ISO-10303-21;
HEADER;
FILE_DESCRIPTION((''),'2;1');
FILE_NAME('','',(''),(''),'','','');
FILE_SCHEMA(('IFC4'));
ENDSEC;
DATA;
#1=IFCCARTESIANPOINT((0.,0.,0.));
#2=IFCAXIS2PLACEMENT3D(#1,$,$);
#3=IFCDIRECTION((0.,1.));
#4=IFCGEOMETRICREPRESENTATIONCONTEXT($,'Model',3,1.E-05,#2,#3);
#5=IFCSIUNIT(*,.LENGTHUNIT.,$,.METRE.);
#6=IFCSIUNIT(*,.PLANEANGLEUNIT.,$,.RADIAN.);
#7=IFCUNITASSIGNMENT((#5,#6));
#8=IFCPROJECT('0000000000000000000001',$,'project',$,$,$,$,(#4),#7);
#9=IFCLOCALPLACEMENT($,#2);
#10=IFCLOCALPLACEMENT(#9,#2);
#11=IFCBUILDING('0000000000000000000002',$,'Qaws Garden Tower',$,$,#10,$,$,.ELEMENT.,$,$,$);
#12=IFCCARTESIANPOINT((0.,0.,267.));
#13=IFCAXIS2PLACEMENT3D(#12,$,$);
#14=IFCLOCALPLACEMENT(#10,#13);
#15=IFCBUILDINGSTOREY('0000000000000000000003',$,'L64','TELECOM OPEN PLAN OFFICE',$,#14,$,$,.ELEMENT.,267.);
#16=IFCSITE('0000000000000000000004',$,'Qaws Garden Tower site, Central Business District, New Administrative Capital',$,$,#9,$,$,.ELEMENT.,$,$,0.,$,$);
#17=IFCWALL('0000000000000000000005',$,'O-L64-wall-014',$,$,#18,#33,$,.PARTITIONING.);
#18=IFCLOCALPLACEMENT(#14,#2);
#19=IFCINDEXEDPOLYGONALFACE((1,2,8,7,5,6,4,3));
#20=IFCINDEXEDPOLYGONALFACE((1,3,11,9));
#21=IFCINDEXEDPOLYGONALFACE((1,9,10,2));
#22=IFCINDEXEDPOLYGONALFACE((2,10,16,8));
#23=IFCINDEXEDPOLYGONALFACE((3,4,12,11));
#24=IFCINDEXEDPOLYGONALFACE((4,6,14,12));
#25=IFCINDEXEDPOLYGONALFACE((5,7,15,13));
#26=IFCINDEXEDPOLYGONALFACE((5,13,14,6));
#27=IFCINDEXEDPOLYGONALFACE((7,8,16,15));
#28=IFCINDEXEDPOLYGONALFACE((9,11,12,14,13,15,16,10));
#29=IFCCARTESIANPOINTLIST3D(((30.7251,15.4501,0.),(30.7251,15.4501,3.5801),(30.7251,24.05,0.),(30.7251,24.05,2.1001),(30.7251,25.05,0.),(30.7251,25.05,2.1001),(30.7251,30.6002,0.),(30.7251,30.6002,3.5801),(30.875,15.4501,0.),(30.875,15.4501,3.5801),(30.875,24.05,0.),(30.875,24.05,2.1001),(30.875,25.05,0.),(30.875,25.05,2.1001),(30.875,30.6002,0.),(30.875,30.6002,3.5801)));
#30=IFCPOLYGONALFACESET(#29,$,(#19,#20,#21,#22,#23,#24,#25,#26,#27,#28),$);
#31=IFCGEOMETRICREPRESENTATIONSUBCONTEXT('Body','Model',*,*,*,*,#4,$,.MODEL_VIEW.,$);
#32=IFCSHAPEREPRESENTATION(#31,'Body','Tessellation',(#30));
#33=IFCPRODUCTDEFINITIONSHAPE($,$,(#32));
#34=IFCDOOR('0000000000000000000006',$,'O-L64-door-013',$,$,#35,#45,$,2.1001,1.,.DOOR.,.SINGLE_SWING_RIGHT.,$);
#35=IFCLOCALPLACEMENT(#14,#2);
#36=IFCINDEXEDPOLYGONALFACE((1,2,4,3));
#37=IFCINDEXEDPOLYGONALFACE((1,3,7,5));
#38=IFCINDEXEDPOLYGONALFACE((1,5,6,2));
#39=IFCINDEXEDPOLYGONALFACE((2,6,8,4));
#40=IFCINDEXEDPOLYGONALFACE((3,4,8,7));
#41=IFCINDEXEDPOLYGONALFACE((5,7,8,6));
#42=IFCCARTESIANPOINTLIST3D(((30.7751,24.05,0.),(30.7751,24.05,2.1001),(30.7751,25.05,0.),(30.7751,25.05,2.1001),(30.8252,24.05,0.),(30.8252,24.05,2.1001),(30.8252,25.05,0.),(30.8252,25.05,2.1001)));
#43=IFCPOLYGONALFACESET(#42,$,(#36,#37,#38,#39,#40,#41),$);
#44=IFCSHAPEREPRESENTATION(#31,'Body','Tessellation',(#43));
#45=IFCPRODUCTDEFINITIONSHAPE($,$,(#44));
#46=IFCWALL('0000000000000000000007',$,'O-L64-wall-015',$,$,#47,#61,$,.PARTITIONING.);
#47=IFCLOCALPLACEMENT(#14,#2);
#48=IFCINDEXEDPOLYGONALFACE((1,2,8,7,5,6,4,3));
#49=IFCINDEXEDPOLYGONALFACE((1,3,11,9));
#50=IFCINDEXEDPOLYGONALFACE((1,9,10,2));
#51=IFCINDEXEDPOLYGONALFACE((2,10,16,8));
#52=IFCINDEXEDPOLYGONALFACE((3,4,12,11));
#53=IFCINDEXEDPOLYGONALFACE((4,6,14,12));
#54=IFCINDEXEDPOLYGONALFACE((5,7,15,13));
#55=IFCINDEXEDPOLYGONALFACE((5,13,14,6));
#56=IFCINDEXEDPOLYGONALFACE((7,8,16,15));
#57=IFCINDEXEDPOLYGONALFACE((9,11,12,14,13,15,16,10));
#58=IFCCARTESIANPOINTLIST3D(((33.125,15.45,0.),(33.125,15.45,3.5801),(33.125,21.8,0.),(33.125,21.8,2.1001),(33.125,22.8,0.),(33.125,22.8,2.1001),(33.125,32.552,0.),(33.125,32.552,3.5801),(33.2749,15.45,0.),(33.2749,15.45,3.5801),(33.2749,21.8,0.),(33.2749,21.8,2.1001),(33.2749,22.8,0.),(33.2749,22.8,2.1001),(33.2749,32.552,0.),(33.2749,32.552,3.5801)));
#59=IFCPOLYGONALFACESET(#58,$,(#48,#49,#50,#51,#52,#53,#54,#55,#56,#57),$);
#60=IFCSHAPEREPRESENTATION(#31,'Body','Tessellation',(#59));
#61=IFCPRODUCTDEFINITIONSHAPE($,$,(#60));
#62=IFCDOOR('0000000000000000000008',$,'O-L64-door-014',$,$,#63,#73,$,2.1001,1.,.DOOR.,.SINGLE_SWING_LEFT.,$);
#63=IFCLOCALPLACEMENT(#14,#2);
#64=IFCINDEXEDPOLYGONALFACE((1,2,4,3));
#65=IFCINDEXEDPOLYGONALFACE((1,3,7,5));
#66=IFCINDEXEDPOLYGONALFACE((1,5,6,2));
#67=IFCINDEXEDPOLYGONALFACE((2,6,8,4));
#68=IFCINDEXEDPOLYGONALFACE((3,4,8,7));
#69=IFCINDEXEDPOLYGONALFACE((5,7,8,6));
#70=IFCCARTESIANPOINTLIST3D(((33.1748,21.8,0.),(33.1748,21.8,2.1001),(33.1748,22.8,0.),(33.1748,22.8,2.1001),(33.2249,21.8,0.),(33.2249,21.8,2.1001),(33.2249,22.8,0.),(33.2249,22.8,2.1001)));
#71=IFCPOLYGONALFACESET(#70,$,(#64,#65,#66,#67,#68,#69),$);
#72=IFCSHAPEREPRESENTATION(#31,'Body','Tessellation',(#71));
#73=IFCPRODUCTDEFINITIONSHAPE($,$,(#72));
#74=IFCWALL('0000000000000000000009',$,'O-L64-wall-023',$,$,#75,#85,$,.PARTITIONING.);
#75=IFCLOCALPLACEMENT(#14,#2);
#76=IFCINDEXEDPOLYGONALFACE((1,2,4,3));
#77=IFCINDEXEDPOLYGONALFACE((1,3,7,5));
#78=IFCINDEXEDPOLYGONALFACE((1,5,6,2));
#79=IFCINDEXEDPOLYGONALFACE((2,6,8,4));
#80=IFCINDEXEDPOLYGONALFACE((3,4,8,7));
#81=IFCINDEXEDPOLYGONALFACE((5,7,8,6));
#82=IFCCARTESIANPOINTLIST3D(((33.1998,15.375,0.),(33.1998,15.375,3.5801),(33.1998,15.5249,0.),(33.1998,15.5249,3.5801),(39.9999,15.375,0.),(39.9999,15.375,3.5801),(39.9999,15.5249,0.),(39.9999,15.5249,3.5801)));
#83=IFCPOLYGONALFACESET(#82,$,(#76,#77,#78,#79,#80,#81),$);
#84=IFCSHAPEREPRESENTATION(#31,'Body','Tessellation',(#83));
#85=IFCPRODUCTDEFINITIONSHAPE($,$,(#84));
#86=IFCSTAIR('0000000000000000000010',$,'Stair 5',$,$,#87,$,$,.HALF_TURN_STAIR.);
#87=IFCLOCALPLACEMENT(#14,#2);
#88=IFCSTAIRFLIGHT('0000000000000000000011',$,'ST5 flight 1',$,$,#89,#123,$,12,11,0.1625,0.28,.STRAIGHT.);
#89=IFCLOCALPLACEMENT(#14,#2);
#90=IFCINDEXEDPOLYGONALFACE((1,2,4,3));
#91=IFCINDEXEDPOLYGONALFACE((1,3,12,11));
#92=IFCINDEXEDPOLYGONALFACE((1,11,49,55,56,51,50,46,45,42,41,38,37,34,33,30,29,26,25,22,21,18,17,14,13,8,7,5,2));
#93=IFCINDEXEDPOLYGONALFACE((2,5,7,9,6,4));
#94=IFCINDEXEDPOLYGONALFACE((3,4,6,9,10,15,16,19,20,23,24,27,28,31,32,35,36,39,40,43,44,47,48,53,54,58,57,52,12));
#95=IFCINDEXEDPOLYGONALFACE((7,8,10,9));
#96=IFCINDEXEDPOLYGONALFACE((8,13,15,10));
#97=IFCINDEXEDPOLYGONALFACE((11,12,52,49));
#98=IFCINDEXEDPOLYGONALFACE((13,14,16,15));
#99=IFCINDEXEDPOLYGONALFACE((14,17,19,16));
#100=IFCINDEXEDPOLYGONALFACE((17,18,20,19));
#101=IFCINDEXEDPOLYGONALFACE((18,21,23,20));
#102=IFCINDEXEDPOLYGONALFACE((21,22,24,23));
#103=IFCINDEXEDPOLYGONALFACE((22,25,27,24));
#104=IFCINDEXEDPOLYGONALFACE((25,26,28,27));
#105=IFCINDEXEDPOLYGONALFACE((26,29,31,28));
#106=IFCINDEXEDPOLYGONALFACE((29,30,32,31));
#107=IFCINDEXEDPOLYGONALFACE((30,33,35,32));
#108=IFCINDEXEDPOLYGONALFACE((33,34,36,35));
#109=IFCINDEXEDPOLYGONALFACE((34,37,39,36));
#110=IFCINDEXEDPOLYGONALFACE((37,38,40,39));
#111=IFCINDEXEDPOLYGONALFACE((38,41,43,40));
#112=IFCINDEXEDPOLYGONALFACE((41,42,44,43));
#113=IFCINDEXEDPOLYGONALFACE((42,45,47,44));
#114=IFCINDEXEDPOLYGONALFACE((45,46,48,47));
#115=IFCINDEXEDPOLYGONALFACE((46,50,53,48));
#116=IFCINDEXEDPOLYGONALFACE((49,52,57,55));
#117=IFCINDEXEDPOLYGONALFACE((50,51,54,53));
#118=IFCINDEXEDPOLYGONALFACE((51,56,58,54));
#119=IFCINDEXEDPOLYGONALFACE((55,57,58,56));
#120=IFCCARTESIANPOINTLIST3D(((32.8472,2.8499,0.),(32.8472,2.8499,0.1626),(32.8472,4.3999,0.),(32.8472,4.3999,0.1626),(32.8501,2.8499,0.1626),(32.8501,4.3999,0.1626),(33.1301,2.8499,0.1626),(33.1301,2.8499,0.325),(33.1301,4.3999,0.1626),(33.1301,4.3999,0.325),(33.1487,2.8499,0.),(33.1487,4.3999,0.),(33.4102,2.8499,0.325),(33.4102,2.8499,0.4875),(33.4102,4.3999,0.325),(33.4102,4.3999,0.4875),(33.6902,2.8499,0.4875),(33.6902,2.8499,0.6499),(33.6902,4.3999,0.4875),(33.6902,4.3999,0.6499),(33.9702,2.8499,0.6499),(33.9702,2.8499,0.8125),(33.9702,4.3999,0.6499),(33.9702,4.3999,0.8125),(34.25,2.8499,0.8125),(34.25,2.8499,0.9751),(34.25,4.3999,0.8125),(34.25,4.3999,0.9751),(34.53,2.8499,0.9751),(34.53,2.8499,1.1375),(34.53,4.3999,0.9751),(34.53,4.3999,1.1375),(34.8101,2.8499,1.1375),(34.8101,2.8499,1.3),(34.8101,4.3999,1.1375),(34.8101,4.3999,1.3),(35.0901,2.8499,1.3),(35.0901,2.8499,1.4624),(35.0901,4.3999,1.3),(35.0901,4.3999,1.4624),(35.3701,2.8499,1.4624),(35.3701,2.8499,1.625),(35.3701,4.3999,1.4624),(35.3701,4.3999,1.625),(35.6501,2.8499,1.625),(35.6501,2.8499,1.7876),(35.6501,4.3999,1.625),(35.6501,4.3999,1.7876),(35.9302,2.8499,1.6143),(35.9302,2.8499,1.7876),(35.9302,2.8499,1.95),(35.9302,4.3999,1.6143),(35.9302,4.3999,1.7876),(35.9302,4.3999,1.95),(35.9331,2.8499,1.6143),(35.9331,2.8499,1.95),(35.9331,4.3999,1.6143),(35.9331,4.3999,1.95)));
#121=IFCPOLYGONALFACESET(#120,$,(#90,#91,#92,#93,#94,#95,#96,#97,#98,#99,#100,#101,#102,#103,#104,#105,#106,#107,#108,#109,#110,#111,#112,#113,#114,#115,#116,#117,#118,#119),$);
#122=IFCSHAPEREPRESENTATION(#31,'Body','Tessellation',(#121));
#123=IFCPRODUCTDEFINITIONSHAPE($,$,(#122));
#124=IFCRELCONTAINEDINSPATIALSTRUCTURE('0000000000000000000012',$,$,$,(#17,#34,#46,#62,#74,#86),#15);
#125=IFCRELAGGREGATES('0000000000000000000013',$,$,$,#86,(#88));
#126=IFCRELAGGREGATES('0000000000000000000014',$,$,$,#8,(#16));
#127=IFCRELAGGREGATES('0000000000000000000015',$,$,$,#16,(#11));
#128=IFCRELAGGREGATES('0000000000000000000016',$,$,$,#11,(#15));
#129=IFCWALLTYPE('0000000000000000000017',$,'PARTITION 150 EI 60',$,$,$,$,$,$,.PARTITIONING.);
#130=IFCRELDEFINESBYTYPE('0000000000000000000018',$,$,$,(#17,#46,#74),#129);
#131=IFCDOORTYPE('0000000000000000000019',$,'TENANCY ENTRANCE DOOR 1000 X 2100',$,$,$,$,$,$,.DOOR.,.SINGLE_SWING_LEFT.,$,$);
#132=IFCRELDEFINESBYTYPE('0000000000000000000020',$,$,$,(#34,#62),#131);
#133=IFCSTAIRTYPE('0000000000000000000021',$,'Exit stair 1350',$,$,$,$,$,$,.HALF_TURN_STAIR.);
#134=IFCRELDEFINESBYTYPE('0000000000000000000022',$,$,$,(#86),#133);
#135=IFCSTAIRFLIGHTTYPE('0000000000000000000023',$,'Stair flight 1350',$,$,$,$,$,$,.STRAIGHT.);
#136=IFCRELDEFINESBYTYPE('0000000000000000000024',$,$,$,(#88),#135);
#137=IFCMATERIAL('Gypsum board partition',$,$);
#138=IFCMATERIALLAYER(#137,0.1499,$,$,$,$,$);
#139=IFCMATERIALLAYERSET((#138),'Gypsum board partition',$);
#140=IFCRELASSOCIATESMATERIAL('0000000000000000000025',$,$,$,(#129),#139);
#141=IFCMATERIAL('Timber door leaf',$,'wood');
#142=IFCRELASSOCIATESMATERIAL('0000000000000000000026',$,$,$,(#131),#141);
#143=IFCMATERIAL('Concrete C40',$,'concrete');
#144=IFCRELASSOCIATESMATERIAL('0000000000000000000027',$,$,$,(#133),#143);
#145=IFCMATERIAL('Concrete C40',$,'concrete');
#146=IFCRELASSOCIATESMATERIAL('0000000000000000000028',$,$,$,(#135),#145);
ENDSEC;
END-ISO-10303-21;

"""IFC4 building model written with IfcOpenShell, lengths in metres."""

from ifc_helpers import new_model, si_unit, direction, frame, frame_2d, origin, place, context, subcontext, project, spatial, polyline, rectangle, outline, extrude, material, layer, layer_set, type_object, element, fill, aggregate, save


model = new_model("IFC4")

# Units and contexts
model_context = context("Model", 3, precision=1e-05, world=origin(), true_north=direction((0.0, 1.0)))
body_context = subcontext(model_context, "Body", "Model", "MODEL_VIEW")
ifc_project = project(units=[si_unit("LENGTHUNIT", "METRE"), si_unit("PLANEANGLEUNIT", "RADIAN")], contexts=[model_context])

# Site, building, storey
site_placement = place(None, origin())
site = spatial("IfcSite", under=ifc_project, at=site_placement, Name="Qaws Garden Tower site, Central Business District, New Administrative Capital", CompositionType="ELEMENT", RefElevation=0.0)
building_placement = place(site_placement, origin())
building = spatial("IfcBuilding", under=site, at=building_placement, Name="Qaws Garden Tower", CompositionType="ELEMENT")
storey_placement = place(building_placement, frame((0.0, 0.0, 267.0)))
storey = spatial("IfcBuildingStorey", under=building, at=storey_placement, Name="L64", Description="TELECOM OPEN PLAN OFFICE", CompositionType="ELEMENT", Elevation=267.0)

# Walls, openings, doors
ifc_material_1 = material(Name="Gypsum board partition")
ifc_layer_1 = layer(ifc_material_1, 0.1499)
ifc_layer_set_1 = layer_set([ifc_layer_1], Name="Gypsum board partition")
wall_type_1 = type_object("IfcWallType", Name="PARTITION 150 EI 60", PredefinedType="PARTITIONING", material=ifc_layer_set_1)
ifc_material_2 = material(Name="Timber door leaf", Category="wood")
door_type_1 = type_object("IfcDoorType", Name="TENANCY ENTRANCE DOOR 1000 X 2100", OperationType="SINGLE_SWING_LEFT", PredefinedType="DOOR", material=ifc_material_2)
wall_1_placement = place(storey_placement, frame((30.8, 15.45, 0.0), z_axis=(0.0, 0.0, 1.0), x_axis=(0.0, 1.0, 0.0)))
wall_1 = element("IfcWall", 1, at=wall_1_placement, inside=storey, type_object=wall_type_1, Name="O-L64-wall-014", PredefinedType="PARTITIONING", context=body_context, shape_type="SweptSolid", body=[
    extrude(rectangle(XDim=15.1501, YDim=0.1499, at=frame_2d((7.5752, 0.0))), origin(), (0.0, 0.0, 1.0), 3.5801),
])
opening_1_placement = place(wall_1_placement, frame((8.6001, 0.0, 0.0)))
opening_1 = element("IfcOpeningElement", 2, at=opening_1_placement, cuts=wall_1, PredefinedType="OPENING", context=body_context, shape_type="SweptSolid", body=[
    extrude(rectangle(XDim=1.0, YDim=2.1001, at=frame_2d((0.5, 1.05))), frame((0.0, 0.085, 0.0), z_axis=(0.0, -1.0, 0.0), x_axis=(1.0, 0.0, 0.0)), (0.0, 0.0, 1.0), 0.1699),
])
door_1_placement = place(opening_1_placement, origin())
door_1 = element("IfcDoor", 3, at=door_1_placement, inside=storey, type_object=door_type_1, Name="O-L64-door-013", OperationType="SINGLE_SWING_RIGHT", OverallHeight=2.1001, OverallWidth=1.0, PredefinedType="DOOR", context=body_context, shape_type="SweptSolid", body=[
    extrude(rectangle(XDim=1.0, YDim=2.1001, at=frame_2d((0.5, 1.05))), frame((0.0, 0.0249, 0.0), z_axis=(0.0, -1.0, 0.0), x_axis=(1.0, 0.0, 0.0)), (0.0, 0.0, 1.0), 0.05),
])
fill(opening_1, door_1)
wall_2_placement = place(storey_placement, frame((33.2, 15.45, 0.0), z_axis=(0.0, 0.0, 1.0), x_axis=(0.0, 1.0, 0.0)))
wall_2 = element("IfcWall", 4, at=wall_2_placement, inside=storey, type_object=wall_type_1, Name="O-L64-wall-015", PredefinedType="PARTITIONING", context=body_context, shape_type="SweptSolid", body=[
    extrude(rectangle(XDim=17.1021, YDim=0.1499, at=frame_2d((8.551, 0.0))), origin(), (0.0, 0.0, 1.0), 3.5801),
])
opening_2_placement = place(wall_2_placement, frame((6.3501, 0.0, 0.0)))
opening_2 = element("IfcOpeningElement", 5, at=opening_2_placement, cuts=wall_2, PredefinedType="OPENING", context=body_context, shape_type="SweptSolid", body=[
    extrude(rectangle(XDim=1.0, YDim=2.1001, at=frame_2d((0.5, 1.05))), frame((0.0, 0.085, 0.0), z_axis=(0.0, -1.0, 0.0), x_axis=(1.0, 0.0, 0.0)), (0.0, 0.0, 1.0), 0.1699),
])
door_2_placement = place(opening_2_placement, frame((1.0, 0.0, 0.0), z_axis=(0.0, 0.0, 1.0), x_axis=(-1.0, 0.0, 0.0)))
door_2 = element("IfcDoor", 6, at=door_2_placement, inside=storey, type_object=door_type_1, Name="O-L64-door-014", OperationType="SINGLE_SWING_LEFT", OverallHeight=2.1001, OverallWidth=1.0, PredefinedType="DOOR", context=body_context, shape_type="SweptSolid", body=[
    extrude(rectangle(XDim=1.0, YDim=2.1001, at=frame_2d((0.5, 1.05))), frame((0.0, 0.0249, 0.0), z_axis=(0.0, -1.0, 0.0), x_axis=(1.0, 0.0, 0.0)), (0.0, 0.0, 1.0), 0.05),
])
fill(opening_2, door_2)

# Wall
wall_3_placement = place(storey_placement, frame((33.2, 15.45, 0.0), z_axis=(0.0, 0.0, 1.0), x_axis=(1.0, 0.0, 0.0)))
element("IfcWall", 7, at=wall_3_placement, inside=storey, type_object=wall_type_1, Name="O-L64-wall-023", PredefinedType="PARTITIONING", context=body_context, shape_type="SweptSolid", body=[
    extrude(rectangle(XDim=6.8, YDim=0.1499, at=frame_2d((3.3999, 0.0))), origin(), (0.0, 0.0, 1.0), 3.5801),
])

# Stair, stair flight
ifc_material_3 = material(Name="Concrete C40", Category="concrete")
stair_type = type_object("IfcStairType", Name="Exit stair 1350", PredefinedType="HALF_TURN_STAIR", material=ifc_material_3)
stair_placement = place(storey_placement, origin())
stair = element("IfcStair", 8, at=stair_placement, inside=storey, type_object=stair_type, Name="Stair 5", PredefinedType="HALF_TURN_STAIR")
ifc_material_4 = material(Name="Concrete C40", Category="concrete")
stair_flight_type = type_object("IfcStairFlightType", Name="Stair flight 1350", PredefinedType="STRAIGHT", material=ifc_material_4)
stair_flight_placement = place(storey_placement, frame((32.8501, 3.625, 0.0), z_axis=(0.0, 0.0, 1.0), x_axis=(1.0, 0.0, 0.0)))
stair_flight = element("IfcStairFlight", 9, at=stair_flight_placement, type_object=stair_flight_type, Name="ST5 flight 1", NumberOfRisers=12, NumberOfTreads=11, PredefinedType="STRAIGHT", RiserHeight=0.1625, TreadLength=0.28, context=body_context, shape_type="SweptSolid", body=[
    extrude(outline(polyline([(-0.0029, 0.0), (-0.0029, 0.1626), (0.0, 0.1626), (0.28, 0.1626), (0.28, 0.325), (0.5601, 0.325), (0.5601, 0.4875), (0.8401, 0.4875), (0.8401, 0.6499), (1.1201, 0.6499), (1.1201, 0.8125), (1.3999, 0.8125), (1.3999, 0.9751), (1.6799, 0.9751), (1.6799, 1.1375), (1.96, 1.1375), (1.96, 1.3), (2.24, 1.3), (2.24, 1.4624), (2.52, 1.4624), (2.52, 1.625), (2.8, 1.625), (2.8, 1.7876), (3.0801, 1.7876), (3.0801, 1.95), (3.083, 1.95), (3.083, 1.6143), (3.0801, 1.6143), (0.2986, 0.0), (-0.0029, 0.0)])), frame((0.0, 0.7749, 0.0), z_axis=(0.0, -1.0, 0.0), x_axis=(1.0, 0.0, 0.0)), (0.0, 0.0, 1.0), 1.55),
])
aggregate(stair, [stair_flight])

save(model, "model.ifc")
